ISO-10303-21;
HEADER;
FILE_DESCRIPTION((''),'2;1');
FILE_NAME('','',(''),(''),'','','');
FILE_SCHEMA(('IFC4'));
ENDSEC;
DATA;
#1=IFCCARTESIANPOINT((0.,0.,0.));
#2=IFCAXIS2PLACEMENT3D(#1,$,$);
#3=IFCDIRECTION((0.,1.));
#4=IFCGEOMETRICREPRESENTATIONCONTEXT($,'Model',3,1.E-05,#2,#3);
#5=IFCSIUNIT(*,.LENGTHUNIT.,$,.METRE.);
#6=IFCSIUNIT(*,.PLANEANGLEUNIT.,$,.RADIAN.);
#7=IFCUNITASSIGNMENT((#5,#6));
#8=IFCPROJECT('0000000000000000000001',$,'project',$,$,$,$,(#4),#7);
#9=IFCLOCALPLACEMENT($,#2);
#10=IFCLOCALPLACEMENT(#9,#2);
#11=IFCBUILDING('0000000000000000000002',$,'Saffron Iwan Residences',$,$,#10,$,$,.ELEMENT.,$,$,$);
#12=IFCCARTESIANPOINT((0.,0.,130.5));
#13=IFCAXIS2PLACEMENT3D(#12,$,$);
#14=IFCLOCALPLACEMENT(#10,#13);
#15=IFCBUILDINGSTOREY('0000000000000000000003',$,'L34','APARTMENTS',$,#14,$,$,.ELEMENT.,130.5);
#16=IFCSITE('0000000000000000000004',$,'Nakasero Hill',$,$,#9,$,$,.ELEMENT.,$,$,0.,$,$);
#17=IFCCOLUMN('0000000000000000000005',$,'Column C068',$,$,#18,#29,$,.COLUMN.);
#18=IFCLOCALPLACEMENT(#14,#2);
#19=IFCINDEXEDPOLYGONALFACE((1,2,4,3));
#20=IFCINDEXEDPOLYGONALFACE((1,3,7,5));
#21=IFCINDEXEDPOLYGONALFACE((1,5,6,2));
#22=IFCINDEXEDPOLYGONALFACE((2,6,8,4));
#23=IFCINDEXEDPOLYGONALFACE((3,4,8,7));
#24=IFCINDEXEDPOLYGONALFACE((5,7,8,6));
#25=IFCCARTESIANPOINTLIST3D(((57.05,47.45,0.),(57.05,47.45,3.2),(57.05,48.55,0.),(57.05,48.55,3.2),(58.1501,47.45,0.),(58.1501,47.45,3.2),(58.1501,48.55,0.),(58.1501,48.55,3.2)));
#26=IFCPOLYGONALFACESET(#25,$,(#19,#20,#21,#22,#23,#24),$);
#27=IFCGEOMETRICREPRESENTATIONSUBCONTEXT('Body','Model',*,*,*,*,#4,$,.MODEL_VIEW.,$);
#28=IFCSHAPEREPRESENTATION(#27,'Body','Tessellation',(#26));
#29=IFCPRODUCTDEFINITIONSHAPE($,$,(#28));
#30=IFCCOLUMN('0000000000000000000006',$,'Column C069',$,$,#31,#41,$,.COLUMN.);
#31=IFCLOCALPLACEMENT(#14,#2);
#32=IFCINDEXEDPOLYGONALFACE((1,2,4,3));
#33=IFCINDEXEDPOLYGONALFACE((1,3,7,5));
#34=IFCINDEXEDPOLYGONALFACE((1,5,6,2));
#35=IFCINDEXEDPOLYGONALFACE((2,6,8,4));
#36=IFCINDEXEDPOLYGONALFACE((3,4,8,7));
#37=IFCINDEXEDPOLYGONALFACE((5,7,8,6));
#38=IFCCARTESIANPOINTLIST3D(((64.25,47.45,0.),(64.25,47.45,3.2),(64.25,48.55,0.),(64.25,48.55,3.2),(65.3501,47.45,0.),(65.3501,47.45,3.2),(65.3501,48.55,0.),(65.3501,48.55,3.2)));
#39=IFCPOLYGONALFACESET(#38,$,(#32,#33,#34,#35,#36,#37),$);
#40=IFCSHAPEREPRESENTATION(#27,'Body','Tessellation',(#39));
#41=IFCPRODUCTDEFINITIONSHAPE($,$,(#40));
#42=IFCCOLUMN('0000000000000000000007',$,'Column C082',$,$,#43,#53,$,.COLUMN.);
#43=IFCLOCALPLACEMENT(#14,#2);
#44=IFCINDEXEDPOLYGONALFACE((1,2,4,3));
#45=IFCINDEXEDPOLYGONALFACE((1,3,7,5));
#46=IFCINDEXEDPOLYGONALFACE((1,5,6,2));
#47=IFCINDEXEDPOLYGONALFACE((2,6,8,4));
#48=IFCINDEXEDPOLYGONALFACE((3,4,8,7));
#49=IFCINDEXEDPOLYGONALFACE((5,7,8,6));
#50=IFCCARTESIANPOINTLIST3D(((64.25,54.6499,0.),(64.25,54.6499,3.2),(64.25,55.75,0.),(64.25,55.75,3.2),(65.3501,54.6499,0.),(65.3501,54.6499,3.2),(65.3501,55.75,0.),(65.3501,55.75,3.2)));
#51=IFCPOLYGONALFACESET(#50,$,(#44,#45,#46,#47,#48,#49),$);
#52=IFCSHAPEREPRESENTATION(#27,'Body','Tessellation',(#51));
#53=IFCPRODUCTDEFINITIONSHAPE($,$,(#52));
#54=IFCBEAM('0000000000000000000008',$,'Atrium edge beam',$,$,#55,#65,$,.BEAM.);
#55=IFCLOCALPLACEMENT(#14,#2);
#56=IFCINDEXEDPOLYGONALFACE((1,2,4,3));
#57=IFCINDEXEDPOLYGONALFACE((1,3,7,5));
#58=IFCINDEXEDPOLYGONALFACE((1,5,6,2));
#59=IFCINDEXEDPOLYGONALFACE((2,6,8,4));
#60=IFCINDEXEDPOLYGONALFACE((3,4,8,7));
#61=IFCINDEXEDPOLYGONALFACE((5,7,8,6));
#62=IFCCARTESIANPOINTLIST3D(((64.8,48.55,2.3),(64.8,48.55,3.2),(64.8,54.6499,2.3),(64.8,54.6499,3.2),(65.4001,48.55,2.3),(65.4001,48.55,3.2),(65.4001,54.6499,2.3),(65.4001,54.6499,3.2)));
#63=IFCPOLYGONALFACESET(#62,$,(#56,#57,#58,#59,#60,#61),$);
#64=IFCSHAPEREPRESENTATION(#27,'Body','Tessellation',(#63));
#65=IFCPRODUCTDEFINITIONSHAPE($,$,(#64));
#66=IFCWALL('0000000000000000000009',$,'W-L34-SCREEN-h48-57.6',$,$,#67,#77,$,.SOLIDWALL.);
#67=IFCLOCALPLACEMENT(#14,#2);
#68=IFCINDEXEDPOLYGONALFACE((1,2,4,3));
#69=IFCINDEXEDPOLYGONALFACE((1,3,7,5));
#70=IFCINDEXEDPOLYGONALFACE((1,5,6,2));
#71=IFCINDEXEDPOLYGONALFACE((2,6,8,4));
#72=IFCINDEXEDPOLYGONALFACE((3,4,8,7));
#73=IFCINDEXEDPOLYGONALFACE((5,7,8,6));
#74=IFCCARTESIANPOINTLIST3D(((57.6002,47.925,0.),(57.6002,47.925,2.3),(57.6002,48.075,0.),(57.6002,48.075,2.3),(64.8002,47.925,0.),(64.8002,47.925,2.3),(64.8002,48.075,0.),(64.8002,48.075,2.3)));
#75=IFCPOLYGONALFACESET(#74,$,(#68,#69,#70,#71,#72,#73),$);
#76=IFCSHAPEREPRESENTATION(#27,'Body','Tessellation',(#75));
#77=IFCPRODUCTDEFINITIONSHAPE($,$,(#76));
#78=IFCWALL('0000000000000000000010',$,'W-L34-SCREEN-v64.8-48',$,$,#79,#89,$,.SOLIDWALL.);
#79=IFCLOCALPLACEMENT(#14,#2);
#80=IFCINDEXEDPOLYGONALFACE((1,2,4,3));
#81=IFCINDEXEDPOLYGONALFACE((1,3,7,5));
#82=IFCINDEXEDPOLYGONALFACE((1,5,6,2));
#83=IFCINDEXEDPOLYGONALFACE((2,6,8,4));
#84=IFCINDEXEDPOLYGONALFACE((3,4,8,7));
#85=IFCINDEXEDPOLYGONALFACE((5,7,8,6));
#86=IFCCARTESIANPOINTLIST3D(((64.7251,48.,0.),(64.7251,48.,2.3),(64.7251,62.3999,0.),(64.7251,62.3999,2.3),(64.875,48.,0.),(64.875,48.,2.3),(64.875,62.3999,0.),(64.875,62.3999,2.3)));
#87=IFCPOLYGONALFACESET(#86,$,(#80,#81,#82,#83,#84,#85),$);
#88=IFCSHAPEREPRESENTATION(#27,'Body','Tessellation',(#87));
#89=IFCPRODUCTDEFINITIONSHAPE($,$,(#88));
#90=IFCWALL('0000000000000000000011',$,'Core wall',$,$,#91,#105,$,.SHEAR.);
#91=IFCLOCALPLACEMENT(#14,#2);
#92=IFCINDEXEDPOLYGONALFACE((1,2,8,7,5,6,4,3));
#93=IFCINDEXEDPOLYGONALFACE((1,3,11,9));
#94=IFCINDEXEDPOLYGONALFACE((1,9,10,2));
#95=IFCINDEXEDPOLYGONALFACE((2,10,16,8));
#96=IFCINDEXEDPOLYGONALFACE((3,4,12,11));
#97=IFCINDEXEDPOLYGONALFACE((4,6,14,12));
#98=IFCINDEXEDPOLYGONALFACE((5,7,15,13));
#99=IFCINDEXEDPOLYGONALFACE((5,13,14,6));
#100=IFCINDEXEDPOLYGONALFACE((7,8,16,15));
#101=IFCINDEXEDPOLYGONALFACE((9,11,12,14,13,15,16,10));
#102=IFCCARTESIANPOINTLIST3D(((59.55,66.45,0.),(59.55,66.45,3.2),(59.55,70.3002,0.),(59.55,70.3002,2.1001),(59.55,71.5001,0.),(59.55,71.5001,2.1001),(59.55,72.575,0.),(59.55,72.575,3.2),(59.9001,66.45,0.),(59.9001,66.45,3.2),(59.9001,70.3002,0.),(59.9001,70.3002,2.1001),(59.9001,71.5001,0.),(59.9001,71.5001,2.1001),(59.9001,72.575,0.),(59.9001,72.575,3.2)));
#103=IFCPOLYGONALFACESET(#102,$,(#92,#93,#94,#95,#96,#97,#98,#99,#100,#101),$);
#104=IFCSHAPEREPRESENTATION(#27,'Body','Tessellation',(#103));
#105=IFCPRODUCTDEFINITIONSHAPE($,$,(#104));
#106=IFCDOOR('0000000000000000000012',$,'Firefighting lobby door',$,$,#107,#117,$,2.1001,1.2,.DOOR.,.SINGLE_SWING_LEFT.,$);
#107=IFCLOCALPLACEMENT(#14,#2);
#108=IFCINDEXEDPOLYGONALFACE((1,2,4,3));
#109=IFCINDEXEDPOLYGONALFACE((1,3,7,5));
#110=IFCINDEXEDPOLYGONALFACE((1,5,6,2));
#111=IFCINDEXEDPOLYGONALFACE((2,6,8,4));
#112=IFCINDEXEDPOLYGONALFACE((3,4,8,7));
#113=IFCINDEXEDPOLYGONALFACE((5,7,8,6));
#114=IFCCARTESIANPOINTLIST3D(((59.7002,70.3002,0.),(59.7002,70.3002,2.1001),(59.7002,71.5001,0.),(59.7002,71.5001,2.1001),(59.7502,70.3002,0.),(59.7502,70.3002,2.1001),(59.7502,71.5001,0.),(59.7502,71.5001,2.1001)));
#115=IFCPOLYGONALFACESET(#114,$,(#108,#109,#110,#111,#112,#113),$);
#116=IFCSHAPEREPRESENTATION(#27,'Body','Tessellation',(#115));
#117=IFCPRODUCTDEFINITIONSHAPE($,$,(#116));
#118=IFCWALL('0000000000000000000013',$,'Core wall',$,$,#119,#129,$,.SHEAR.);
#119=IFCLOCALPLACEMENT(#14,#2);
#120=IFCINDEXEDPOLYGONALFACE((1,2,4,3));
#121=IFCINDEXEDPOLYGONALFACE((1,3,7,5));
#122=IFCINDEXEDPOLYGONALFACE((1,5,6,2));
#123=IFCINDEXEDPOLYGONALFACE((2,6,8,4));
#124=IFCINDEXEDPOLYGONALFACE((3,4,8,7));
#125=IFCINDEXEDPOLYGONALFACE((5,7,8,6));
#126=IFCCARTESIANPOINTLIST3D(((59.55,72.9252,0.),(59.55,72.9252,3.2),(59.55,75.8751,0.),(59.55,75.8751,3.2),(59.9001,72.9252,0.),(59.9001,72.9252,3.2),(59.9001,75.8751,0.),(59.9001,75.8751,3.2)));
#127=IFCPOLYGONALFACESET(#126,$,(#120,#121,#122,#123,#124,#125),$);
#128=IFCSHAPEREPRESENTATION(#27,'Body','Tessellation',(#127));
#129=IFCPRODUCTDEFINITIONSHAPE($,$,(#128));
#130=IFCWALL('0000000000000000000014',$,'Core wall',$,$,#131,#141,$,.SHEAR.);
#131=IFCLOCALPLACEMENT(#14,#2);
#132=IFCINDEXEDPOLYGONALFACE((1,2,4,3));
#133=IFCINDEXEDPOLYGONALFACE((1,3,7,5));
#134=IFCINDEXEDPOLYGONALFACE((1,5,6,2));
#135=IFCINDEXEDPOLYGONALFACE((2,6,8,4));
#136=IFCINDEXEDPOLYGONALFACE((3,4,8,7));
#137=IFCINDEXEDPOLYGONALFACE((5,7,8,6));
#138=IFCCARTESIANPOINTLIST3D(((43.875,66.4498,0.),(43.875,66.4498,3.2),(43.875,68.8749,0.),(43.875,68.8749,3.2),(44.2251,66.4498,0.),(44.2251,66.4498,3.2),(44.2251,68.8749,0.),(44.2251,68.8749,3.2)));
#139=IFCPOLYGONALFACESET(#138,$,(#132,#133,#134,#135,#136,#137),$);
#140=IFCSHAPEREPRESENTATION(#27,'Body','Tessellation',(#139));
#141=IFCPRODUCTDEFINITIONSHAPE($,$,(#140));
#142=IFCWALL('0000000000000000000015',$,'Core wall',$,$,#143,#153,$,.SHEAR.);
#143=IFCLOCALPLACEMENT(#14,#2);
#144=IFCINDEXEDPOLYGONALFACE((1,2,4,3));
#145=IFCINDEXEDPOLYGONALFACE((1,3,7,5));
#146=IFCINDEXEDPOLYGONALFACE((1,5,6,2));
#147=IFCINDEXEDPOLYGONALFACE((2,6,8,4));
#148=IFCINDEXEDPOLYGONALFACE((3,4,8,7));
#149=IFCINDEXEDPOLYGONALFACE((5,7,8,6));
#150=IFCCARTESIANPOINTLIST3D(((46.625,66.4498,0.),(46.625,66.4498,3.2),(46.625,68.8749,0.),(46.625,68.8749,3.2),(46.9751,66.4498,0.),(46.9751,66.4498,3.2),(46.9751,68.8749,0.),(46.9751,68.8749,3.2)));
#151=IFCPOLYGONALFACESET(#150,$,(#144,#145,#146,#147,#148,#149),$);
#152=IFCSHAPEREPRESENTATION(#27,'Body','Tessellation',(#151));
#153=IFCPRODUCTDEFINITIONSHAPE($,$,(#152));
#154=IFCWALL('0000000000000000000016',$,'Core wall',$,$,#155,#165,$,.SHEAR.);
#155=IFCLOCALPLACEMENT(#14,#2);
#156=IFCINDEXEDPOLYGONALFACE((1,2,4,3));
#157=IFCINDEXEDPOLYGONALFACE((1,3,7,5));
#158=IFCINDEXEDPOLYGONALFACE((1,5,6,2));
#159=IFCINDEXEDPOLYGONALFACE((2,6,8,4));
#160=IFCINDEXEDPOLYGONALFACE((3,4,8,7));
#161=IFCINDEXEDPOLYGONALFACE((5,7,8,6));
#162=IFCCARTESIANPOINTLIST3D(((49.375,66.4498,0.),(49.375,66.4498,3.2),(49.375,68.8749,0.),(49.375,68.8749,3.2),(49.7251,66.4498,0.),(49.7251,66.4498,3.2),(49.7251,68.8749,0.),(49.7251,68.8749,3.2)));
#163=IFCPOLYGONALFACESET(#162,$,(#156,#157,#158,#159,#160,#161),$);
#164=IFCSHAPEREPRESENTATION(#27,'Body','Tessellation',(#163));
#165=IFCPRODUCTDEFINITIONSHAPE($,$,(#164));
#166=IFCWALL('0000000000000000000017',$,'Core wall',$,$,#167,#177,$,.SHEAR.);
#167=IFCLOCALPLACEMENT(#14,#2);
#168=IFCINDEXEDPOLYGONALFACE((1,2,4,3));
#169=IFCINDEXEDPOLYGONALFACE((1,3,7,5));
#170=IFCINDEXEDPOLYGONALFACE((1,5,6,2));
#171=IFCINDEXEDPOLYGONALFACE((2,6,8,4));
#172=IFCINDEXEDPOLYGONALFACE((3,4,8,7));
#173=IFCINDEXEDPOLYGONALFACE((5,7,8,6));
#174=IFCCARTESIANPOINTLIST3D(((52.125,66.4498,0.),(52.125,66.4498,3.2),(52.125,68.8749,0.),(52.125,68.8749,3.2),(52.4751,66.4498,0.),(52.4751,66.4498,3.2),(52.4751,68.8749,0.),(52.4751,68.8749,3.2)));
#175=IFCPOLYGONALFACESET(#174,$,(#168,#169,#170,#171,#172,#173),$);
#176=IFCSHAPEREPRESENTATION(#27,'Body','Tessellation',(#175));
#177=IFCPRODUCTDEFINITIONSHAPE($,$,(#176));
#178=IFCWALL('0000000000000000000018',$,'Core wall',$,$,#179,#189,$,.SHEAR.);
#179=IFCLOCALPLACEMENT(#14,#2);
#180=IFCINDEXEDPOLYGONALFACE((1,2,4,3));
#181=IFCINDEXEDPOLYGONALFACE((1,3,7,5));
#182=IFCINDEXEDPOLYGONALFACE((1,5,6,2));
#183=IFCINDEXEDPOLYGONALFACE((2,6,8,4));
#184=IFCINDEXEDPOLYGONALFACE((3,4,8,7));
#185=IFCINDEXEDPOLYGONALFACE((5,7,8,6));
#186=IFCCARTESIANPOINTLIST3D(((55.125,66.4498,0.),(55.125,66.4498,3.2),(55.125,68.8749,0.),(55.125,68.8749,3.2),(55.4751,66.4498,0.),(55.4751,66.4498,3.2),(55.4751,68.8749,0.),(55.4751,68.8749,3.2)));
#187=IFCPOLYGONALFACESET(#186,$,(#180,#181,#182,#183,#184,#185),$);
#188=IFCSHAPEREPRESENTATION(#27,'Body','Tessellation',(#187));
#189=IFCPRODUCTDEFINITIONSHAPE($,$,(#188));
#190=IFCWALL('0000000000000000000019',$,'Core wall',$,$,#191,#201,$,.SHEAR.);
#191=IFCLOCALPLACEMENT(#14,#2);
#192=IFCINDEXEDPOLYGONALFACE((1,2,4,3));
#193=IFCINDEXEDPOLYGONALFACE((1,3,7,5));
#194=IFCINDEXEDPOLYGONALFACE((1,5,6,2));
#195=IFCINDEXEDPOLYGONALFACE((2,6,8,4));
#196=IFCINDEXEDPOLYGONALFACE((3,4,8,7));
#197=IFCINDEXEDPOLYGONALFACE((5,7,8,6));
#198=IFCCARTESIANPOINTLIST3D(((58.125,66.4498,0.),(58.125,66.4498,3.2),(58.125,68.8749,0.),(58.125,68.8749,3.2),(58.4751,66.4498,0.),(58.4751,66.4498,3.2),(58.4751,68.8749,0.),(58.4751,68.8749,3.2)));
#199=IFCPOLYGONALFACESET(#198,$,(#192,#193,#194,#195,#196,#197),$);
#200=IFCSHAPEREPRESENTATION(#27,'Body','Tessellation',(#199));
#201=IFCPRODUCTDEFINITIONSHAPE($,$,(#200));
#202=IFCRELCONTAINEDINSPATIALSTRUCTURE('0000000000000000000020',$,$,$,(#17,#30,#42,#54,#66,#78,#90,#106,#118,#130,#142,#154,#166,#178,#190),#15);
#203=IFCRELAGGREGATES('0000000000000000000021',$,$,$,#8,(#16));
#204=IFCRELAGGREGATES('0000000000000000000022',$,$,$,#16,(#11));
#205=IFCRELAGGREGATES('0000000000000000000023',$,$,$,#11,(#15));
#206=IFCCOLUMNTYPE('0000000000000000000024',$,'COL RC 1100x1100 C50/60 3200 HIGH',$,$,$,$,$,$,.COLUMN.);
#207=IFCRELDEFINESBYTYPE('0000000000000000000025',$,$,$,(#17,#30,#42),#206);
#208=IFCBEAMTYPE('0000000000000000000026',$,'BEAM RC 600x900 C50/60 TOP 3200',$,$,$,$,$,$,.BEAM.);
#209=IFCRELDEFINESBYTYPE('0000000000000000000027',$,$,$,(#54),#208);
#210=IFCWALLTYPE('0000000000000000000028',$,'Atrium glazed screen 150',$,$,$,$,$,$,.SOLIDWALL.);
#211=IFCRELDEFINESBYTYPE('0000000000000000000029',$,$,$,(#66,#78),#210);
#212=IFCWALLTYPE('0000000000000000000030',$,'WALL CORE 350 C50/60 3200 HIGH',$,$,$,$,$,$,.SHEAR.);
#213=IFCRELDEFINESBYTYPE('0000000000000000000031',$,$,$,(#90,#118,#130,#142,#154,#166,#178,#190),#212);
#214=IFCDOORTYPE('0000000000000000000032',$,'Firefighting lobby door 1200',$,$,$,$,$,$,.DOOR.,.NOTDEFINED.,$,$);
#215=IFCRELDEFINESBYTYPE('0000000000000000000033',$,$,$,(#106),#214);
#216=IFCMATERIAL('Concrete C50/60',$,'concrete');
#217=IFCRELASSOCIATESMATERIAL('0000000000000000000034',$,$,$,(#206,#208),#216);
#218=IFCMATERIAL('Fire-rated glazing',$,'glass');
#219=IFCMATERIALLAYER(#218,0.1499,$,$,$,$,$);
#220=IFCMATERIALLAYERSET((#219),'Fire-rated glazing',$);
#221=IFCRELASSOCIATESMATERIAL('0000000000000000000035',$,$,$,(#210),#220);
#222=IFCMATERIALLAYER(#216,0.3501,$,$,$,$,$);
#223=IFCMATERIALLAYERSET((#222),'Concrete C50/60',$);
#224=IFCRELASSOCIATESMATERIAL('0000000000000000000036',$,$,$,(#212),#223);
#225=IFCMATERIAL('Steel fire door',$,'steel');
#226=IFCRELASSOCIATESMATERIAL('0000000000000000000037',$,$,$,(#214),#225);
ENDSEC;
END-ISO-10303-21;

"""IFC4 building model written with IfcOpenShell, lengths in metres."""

from ifc_helpers import new_model, si_unit, direction, frame, frame_2d, origin, origin_2d, place, context, subcontext, project, spatial, rectangle, extrude, source, transform, mapped, material, layer, layer_set, material_profile, profile_set, type_object, element, fill, save


model = new_model("IFC4")

# Units and contexts
model_context = context("Model", 3, precision=1e-05, world=origin(), true_north=direction((0.0, 1.0)))
body_context = subcontext(model_context, "Body", "Model", "MODEL_VIEW")
ifc_project = project(units=[si_unit("LENGTHUNIT", "METRE"), si_unit("PLANEANGLEUNIT", "RADIAN")], contexts=[model_context])

# Site, building, storey
site_placement = place(None, origin())
site = spatial("IfcSite", under=ifc_project, at=site_placement, Name="Nakasero Hill", CompositionType="ELEMENT", RefElevation=0.0)
building_placement = place(site_placement, origin())
building = spatial("IfcBuilding", under=site, at=building_placement, Name="Saffron Iwan Residences", CompositionType="ELEMENT")
storey_placement = place(building_placement, frame((0.0, 0.0, 130.5)))
storey = spatial("IfcBuildingStorey", under=building, at=storey_placement, Name="L34", Description="APARTMENTS", CompositionType="ELEMENT", Elevation=130.5)

# Columns
ifc_material_1 = material(Name="Concrete C50/60", Category="concrete")
ifc_material_profile_1 = material_profile(ifc_material_1, rectangle(XDim=1.1001, YDim=1.1001, at=origin_2d()), Name="RC 1100x1100")
ifc_profile_set_1 = profile_set([ifc_material_profile_1], Name="Concrete C50/60")
column_type = type_object("IfcColumnType", Name="COL RC 1100x1100 C50/60 3200 HIGH", PredefinedType="COLUMN", material=ifc_profile_set_1)
shared_shape_1 = source(origin(), body_context, "Body", "SweptSolid", [
    extrude(rectangle(XDim=1.1001, YDim=1.1001, at=origin_2d()), origin(), (0.0, 0.0, 1.0), 3.2),
])
for number, where, z_axis, x_axis, name in (
    (1, (57.6001, 48.0, 0.0), (0.0, 0.0, 1.0), (1.0, 0.0, 0.0), "Column C068"),
    (2, (64.8, 48.0, 0.0), (0.0, 0.0, 1.0), (1.0, 0.0, 0.0), "Column C069"),
    (3, (64.8, 55.2, 0.0), (0.0, 0.0, 1.0), (1.0, 0.0, 0.0), "Column C082"),
):
    element("IfcColumn", number, at=place(storey_placement, frame(where, z_axis=z_axis, x_axis=x_axis)), inside=storey, type_object=column_type, Name=name, PredefinedType="COLUMN", context=body_context, shape_type="MappedRepresentation", body=[
        mapped(shared_shape_1, transform((0.0, 0.0, 0.0))),
    ])

# Beam
ifc_material_profile_2 = material_profile(ifc_material_1, rectangle(XDim=0.6001, YDim=0.8999, at=origin_2d()), Name="RC 600x900")
ifc_profile_set_2 = profile_set([ifc_material_profile_2], Name="Concrete C50/60")
beam_type = type_object("IfcBeamType", Name="BEAM RC 600x900 C50/60 TOP 3200", PredefinedType="BEAM", material=ifc_profile_set_2)
shared_shape_2 = source(origin(), body_context, "Body", "SweptSolid", [
    extrude(rectangle(XDim=0.6001, YDim=0.8999, at=origin_2d()), origin(), (0.0, 0.0, 1.0), 6.0999),
])
beam_placement = place(storey_placement, frame((65.1001, 54.6499, 2.75), z_axis=(0.0, -1.0, 0.0), x_axis=(1.0, 0.0, 0.0)))
element("IfcBeam", 4, at=beam_placement, inside=storey, type_object=beam_type, Name="Atrium edge beam", PredefinedType="BEAM", context=body_context, shape_type="MappedRepresentation", body=[
    mapped(shared_shape_2, transform((0.0, 0.0, 0.0))),
])

# Walls
ifc_material_2 = material(Name="Fire-rated glazing", Category="glass")
ifc_layer_1 = layer(ifc_material_2, 0.1499)
ifc_layer_set_1 = layer_set([ifc_layer_1], Name="Fire-rated glazing")
wall_type_1 = type_object("IfcWallType", Name="Atrium glazed screen 150", PredefinedType="SOLIDWALL", material=ifc_layer_set_1)
wall_1_placement = place(storey_placement, frame((57.6001, 48.0, 0.0), z_axis=(0.0, 0.0, 1.0), x_axis=(1.0, 0.0, 0.0)))
element("IfcWall", 5, at=wall_1_placement, inside=storey, type_object=wall_type_1, Name="W-L34-SCREEN-h48-57.6", PredefinedType="SOLIDWALL", context=body_context, shape_type="SweptSolid", body=[
    extrude(rectangle(XDim=7.2, YDim=0.1499, at=frame_2d((3.6001, 0.0))), origin(), (0.0, 0.0, 1.0), 2.3),
])
wall_2_placement = place(storey_placement, frame((64.8, 48.0, 0.0), z_axis=(0.0, 0.0, 1.0), x_axis=(0.0, 1.0, 0.0)))
element("IfcWall", 6, at=wall_2_placement, inside=storey, type_object=wall_type_1, Name="W-L34-SCREEN-v64.8-48", PredefinedType="SOLIDWALL", context=body_context, shape_type="SweptSolid", body=[
    extrude(rectangle(XDim=14.3999, YDim=0.1499, at=frame_2d((7.2, 0.0))), origin(), (0.0, 0.0, 1.0), 2.3),
])

# Wall, opening, door
ifc_layer_2 = layer(ifc_material_1, 0.3501)
ifc_layer_set_2 = layer_set([ifc_layer_2], Name="Concrete C50/60")
wall_type_2 = type_object("IfcWallType", Name="WALL CORE 350 C50/60 3200 HIGH", PredefinedType="SHEAR", material=ifc_layer_set_2)
wall_3_placement = place(storey_placement, frame((59.7251, 66.45, 0.0), z_axis=(0.0, 0.0, 1.0), x_axis=(0.0, 1.0, 0.0)))
wall_3 = element("IfcWall", 7, at=wall_3_placement, inside=storey, type_object=wall_type_2, Name="Core wall", PredefinedType="SHEAR", context=body_context, shape_type="SweptSolid", body=[
    extrude(rectangle(XDim=6.125, YDim=0.3501, at=frame_2d((3.0625, 0.0))), origin(), (0.0, 0.0, 1.0), 3.2),
])
opening_placement = place(wall_3_placement, frame((3.8501, 0.0, 0.0)))
opening = element("IfcOpeningElement", 8, at=opening_placement, cuts=wall_3, PredefinedType="OPENING", context=body_context, shape_type="SweptSolid", body=[
    extrude(rectangle(XDim=1.2, YDim=2.1001, at=frame_2d((0.6001, 1.05))), frame((0.0, 0.1851, 0.0), z_axis=(0.0, -1.0, 0.0), x_axis=(1.0, 0.0, 0.0)), (0.0, 0.0, 1.0), 0.3701),
])
ifc_material_3 = material(Name="Steel fire door", Category="steel")
door_type = type_object("IfcDoorType", Name="Firefighting lobby door 1200", OperationType="NOTDEFINED", PredefinedType="DOOR", material=ifc_material_3)
door_placement = place(opening_placement, origin())
door = element("IfcDoor", 9, at=door_placement, inside=storey, type_object=door_type, Name="Firefighting lobby door", OperationType="SINGLE_SWING_LEFT", OverallHeight=2.1001, OverallWidth=1.2, PredefinedType="DOOR", context=body_context, shape_type="SweptSolid", body=[
    extrude(rectangle(XDim=1.2, YDim=2.1001, at=frame_2d((0.6001, 1.05))), frame((0.0, 0.0249, 0.0), z_axis=(0.0, -1.0, 0.0), x_axis=(1.0, 0.0, 0.0)), (0.0, 0.0, 1.0), 0.05),
])
fill(opening, door)

# Walls
wall_4_placement = place(storey_placement, frame((59.7251, 72.925, 0.0), z_axis=(0.0, 0.0, 1.0), x_axis=(0.0, 1.0, 0.0)))
element("IfcWall", 10, at=wall_4_placement, inside=storey, type_object=wall_type_2, Name="Core wall", PredefinedType="SHEAR", context=body_context, shape_type="SweptSolid", body=[
    extrude(rectangle(XDim=2.95, YDim=0.3501, at=frame_2d((1.4751, 0.0))), origin(), (0.0, 0.0, 1.0), 3.2),
])
for number, where, z_axis, x_axis, name in (
    (11, (44.05, 66.45, 0.0), (0.0, 0.0, 1.0), (0.0, 1.0, 0.0), "Core wall"),
    (12, (46.8, 66.45, 0.0), (0.0, 0.0, 1.0), (0.0, 1.0, 0.0), "Core wall"),
    (13, (49.55, 66.45, 0.0), (0.0, 0.0, 1.0), (0.0, 1.0, 0.0), "Core wall"),
    (14, (52.3, 66.45, 0.0), (0.0, 0.0, 1.0), (0.0, 1.0, 0.0), "Core wall"),
    (15, (55.3, 66.45, 0.0), (0.0, 0.0, 1.0), (0.0, 1.0, 0.0), "Core wall"),
    (16, (58.3, 66.45, 0.0), (0.0, 0.0, 1.0), (0.0, 1.0, 0.0), "Core wall"),
):
    element("IfcWall", number, at=place(storey_placement, frame(where, z_axis=z_axis, x_axis=x_axis)), inside=storey, type_object=wall_type_2, Name=name, PredefinedType="SHEAR", context=body_context, shape_type="SweptSolid", body=[
        extrude(rectangle(XDim=2.425, YDim=0.3501, at=frame_2d((1.2124, 0.0))), origin(), (0.0, 0.0, 1.0), 3.2),
    ])

save(model, "model.ifc")
